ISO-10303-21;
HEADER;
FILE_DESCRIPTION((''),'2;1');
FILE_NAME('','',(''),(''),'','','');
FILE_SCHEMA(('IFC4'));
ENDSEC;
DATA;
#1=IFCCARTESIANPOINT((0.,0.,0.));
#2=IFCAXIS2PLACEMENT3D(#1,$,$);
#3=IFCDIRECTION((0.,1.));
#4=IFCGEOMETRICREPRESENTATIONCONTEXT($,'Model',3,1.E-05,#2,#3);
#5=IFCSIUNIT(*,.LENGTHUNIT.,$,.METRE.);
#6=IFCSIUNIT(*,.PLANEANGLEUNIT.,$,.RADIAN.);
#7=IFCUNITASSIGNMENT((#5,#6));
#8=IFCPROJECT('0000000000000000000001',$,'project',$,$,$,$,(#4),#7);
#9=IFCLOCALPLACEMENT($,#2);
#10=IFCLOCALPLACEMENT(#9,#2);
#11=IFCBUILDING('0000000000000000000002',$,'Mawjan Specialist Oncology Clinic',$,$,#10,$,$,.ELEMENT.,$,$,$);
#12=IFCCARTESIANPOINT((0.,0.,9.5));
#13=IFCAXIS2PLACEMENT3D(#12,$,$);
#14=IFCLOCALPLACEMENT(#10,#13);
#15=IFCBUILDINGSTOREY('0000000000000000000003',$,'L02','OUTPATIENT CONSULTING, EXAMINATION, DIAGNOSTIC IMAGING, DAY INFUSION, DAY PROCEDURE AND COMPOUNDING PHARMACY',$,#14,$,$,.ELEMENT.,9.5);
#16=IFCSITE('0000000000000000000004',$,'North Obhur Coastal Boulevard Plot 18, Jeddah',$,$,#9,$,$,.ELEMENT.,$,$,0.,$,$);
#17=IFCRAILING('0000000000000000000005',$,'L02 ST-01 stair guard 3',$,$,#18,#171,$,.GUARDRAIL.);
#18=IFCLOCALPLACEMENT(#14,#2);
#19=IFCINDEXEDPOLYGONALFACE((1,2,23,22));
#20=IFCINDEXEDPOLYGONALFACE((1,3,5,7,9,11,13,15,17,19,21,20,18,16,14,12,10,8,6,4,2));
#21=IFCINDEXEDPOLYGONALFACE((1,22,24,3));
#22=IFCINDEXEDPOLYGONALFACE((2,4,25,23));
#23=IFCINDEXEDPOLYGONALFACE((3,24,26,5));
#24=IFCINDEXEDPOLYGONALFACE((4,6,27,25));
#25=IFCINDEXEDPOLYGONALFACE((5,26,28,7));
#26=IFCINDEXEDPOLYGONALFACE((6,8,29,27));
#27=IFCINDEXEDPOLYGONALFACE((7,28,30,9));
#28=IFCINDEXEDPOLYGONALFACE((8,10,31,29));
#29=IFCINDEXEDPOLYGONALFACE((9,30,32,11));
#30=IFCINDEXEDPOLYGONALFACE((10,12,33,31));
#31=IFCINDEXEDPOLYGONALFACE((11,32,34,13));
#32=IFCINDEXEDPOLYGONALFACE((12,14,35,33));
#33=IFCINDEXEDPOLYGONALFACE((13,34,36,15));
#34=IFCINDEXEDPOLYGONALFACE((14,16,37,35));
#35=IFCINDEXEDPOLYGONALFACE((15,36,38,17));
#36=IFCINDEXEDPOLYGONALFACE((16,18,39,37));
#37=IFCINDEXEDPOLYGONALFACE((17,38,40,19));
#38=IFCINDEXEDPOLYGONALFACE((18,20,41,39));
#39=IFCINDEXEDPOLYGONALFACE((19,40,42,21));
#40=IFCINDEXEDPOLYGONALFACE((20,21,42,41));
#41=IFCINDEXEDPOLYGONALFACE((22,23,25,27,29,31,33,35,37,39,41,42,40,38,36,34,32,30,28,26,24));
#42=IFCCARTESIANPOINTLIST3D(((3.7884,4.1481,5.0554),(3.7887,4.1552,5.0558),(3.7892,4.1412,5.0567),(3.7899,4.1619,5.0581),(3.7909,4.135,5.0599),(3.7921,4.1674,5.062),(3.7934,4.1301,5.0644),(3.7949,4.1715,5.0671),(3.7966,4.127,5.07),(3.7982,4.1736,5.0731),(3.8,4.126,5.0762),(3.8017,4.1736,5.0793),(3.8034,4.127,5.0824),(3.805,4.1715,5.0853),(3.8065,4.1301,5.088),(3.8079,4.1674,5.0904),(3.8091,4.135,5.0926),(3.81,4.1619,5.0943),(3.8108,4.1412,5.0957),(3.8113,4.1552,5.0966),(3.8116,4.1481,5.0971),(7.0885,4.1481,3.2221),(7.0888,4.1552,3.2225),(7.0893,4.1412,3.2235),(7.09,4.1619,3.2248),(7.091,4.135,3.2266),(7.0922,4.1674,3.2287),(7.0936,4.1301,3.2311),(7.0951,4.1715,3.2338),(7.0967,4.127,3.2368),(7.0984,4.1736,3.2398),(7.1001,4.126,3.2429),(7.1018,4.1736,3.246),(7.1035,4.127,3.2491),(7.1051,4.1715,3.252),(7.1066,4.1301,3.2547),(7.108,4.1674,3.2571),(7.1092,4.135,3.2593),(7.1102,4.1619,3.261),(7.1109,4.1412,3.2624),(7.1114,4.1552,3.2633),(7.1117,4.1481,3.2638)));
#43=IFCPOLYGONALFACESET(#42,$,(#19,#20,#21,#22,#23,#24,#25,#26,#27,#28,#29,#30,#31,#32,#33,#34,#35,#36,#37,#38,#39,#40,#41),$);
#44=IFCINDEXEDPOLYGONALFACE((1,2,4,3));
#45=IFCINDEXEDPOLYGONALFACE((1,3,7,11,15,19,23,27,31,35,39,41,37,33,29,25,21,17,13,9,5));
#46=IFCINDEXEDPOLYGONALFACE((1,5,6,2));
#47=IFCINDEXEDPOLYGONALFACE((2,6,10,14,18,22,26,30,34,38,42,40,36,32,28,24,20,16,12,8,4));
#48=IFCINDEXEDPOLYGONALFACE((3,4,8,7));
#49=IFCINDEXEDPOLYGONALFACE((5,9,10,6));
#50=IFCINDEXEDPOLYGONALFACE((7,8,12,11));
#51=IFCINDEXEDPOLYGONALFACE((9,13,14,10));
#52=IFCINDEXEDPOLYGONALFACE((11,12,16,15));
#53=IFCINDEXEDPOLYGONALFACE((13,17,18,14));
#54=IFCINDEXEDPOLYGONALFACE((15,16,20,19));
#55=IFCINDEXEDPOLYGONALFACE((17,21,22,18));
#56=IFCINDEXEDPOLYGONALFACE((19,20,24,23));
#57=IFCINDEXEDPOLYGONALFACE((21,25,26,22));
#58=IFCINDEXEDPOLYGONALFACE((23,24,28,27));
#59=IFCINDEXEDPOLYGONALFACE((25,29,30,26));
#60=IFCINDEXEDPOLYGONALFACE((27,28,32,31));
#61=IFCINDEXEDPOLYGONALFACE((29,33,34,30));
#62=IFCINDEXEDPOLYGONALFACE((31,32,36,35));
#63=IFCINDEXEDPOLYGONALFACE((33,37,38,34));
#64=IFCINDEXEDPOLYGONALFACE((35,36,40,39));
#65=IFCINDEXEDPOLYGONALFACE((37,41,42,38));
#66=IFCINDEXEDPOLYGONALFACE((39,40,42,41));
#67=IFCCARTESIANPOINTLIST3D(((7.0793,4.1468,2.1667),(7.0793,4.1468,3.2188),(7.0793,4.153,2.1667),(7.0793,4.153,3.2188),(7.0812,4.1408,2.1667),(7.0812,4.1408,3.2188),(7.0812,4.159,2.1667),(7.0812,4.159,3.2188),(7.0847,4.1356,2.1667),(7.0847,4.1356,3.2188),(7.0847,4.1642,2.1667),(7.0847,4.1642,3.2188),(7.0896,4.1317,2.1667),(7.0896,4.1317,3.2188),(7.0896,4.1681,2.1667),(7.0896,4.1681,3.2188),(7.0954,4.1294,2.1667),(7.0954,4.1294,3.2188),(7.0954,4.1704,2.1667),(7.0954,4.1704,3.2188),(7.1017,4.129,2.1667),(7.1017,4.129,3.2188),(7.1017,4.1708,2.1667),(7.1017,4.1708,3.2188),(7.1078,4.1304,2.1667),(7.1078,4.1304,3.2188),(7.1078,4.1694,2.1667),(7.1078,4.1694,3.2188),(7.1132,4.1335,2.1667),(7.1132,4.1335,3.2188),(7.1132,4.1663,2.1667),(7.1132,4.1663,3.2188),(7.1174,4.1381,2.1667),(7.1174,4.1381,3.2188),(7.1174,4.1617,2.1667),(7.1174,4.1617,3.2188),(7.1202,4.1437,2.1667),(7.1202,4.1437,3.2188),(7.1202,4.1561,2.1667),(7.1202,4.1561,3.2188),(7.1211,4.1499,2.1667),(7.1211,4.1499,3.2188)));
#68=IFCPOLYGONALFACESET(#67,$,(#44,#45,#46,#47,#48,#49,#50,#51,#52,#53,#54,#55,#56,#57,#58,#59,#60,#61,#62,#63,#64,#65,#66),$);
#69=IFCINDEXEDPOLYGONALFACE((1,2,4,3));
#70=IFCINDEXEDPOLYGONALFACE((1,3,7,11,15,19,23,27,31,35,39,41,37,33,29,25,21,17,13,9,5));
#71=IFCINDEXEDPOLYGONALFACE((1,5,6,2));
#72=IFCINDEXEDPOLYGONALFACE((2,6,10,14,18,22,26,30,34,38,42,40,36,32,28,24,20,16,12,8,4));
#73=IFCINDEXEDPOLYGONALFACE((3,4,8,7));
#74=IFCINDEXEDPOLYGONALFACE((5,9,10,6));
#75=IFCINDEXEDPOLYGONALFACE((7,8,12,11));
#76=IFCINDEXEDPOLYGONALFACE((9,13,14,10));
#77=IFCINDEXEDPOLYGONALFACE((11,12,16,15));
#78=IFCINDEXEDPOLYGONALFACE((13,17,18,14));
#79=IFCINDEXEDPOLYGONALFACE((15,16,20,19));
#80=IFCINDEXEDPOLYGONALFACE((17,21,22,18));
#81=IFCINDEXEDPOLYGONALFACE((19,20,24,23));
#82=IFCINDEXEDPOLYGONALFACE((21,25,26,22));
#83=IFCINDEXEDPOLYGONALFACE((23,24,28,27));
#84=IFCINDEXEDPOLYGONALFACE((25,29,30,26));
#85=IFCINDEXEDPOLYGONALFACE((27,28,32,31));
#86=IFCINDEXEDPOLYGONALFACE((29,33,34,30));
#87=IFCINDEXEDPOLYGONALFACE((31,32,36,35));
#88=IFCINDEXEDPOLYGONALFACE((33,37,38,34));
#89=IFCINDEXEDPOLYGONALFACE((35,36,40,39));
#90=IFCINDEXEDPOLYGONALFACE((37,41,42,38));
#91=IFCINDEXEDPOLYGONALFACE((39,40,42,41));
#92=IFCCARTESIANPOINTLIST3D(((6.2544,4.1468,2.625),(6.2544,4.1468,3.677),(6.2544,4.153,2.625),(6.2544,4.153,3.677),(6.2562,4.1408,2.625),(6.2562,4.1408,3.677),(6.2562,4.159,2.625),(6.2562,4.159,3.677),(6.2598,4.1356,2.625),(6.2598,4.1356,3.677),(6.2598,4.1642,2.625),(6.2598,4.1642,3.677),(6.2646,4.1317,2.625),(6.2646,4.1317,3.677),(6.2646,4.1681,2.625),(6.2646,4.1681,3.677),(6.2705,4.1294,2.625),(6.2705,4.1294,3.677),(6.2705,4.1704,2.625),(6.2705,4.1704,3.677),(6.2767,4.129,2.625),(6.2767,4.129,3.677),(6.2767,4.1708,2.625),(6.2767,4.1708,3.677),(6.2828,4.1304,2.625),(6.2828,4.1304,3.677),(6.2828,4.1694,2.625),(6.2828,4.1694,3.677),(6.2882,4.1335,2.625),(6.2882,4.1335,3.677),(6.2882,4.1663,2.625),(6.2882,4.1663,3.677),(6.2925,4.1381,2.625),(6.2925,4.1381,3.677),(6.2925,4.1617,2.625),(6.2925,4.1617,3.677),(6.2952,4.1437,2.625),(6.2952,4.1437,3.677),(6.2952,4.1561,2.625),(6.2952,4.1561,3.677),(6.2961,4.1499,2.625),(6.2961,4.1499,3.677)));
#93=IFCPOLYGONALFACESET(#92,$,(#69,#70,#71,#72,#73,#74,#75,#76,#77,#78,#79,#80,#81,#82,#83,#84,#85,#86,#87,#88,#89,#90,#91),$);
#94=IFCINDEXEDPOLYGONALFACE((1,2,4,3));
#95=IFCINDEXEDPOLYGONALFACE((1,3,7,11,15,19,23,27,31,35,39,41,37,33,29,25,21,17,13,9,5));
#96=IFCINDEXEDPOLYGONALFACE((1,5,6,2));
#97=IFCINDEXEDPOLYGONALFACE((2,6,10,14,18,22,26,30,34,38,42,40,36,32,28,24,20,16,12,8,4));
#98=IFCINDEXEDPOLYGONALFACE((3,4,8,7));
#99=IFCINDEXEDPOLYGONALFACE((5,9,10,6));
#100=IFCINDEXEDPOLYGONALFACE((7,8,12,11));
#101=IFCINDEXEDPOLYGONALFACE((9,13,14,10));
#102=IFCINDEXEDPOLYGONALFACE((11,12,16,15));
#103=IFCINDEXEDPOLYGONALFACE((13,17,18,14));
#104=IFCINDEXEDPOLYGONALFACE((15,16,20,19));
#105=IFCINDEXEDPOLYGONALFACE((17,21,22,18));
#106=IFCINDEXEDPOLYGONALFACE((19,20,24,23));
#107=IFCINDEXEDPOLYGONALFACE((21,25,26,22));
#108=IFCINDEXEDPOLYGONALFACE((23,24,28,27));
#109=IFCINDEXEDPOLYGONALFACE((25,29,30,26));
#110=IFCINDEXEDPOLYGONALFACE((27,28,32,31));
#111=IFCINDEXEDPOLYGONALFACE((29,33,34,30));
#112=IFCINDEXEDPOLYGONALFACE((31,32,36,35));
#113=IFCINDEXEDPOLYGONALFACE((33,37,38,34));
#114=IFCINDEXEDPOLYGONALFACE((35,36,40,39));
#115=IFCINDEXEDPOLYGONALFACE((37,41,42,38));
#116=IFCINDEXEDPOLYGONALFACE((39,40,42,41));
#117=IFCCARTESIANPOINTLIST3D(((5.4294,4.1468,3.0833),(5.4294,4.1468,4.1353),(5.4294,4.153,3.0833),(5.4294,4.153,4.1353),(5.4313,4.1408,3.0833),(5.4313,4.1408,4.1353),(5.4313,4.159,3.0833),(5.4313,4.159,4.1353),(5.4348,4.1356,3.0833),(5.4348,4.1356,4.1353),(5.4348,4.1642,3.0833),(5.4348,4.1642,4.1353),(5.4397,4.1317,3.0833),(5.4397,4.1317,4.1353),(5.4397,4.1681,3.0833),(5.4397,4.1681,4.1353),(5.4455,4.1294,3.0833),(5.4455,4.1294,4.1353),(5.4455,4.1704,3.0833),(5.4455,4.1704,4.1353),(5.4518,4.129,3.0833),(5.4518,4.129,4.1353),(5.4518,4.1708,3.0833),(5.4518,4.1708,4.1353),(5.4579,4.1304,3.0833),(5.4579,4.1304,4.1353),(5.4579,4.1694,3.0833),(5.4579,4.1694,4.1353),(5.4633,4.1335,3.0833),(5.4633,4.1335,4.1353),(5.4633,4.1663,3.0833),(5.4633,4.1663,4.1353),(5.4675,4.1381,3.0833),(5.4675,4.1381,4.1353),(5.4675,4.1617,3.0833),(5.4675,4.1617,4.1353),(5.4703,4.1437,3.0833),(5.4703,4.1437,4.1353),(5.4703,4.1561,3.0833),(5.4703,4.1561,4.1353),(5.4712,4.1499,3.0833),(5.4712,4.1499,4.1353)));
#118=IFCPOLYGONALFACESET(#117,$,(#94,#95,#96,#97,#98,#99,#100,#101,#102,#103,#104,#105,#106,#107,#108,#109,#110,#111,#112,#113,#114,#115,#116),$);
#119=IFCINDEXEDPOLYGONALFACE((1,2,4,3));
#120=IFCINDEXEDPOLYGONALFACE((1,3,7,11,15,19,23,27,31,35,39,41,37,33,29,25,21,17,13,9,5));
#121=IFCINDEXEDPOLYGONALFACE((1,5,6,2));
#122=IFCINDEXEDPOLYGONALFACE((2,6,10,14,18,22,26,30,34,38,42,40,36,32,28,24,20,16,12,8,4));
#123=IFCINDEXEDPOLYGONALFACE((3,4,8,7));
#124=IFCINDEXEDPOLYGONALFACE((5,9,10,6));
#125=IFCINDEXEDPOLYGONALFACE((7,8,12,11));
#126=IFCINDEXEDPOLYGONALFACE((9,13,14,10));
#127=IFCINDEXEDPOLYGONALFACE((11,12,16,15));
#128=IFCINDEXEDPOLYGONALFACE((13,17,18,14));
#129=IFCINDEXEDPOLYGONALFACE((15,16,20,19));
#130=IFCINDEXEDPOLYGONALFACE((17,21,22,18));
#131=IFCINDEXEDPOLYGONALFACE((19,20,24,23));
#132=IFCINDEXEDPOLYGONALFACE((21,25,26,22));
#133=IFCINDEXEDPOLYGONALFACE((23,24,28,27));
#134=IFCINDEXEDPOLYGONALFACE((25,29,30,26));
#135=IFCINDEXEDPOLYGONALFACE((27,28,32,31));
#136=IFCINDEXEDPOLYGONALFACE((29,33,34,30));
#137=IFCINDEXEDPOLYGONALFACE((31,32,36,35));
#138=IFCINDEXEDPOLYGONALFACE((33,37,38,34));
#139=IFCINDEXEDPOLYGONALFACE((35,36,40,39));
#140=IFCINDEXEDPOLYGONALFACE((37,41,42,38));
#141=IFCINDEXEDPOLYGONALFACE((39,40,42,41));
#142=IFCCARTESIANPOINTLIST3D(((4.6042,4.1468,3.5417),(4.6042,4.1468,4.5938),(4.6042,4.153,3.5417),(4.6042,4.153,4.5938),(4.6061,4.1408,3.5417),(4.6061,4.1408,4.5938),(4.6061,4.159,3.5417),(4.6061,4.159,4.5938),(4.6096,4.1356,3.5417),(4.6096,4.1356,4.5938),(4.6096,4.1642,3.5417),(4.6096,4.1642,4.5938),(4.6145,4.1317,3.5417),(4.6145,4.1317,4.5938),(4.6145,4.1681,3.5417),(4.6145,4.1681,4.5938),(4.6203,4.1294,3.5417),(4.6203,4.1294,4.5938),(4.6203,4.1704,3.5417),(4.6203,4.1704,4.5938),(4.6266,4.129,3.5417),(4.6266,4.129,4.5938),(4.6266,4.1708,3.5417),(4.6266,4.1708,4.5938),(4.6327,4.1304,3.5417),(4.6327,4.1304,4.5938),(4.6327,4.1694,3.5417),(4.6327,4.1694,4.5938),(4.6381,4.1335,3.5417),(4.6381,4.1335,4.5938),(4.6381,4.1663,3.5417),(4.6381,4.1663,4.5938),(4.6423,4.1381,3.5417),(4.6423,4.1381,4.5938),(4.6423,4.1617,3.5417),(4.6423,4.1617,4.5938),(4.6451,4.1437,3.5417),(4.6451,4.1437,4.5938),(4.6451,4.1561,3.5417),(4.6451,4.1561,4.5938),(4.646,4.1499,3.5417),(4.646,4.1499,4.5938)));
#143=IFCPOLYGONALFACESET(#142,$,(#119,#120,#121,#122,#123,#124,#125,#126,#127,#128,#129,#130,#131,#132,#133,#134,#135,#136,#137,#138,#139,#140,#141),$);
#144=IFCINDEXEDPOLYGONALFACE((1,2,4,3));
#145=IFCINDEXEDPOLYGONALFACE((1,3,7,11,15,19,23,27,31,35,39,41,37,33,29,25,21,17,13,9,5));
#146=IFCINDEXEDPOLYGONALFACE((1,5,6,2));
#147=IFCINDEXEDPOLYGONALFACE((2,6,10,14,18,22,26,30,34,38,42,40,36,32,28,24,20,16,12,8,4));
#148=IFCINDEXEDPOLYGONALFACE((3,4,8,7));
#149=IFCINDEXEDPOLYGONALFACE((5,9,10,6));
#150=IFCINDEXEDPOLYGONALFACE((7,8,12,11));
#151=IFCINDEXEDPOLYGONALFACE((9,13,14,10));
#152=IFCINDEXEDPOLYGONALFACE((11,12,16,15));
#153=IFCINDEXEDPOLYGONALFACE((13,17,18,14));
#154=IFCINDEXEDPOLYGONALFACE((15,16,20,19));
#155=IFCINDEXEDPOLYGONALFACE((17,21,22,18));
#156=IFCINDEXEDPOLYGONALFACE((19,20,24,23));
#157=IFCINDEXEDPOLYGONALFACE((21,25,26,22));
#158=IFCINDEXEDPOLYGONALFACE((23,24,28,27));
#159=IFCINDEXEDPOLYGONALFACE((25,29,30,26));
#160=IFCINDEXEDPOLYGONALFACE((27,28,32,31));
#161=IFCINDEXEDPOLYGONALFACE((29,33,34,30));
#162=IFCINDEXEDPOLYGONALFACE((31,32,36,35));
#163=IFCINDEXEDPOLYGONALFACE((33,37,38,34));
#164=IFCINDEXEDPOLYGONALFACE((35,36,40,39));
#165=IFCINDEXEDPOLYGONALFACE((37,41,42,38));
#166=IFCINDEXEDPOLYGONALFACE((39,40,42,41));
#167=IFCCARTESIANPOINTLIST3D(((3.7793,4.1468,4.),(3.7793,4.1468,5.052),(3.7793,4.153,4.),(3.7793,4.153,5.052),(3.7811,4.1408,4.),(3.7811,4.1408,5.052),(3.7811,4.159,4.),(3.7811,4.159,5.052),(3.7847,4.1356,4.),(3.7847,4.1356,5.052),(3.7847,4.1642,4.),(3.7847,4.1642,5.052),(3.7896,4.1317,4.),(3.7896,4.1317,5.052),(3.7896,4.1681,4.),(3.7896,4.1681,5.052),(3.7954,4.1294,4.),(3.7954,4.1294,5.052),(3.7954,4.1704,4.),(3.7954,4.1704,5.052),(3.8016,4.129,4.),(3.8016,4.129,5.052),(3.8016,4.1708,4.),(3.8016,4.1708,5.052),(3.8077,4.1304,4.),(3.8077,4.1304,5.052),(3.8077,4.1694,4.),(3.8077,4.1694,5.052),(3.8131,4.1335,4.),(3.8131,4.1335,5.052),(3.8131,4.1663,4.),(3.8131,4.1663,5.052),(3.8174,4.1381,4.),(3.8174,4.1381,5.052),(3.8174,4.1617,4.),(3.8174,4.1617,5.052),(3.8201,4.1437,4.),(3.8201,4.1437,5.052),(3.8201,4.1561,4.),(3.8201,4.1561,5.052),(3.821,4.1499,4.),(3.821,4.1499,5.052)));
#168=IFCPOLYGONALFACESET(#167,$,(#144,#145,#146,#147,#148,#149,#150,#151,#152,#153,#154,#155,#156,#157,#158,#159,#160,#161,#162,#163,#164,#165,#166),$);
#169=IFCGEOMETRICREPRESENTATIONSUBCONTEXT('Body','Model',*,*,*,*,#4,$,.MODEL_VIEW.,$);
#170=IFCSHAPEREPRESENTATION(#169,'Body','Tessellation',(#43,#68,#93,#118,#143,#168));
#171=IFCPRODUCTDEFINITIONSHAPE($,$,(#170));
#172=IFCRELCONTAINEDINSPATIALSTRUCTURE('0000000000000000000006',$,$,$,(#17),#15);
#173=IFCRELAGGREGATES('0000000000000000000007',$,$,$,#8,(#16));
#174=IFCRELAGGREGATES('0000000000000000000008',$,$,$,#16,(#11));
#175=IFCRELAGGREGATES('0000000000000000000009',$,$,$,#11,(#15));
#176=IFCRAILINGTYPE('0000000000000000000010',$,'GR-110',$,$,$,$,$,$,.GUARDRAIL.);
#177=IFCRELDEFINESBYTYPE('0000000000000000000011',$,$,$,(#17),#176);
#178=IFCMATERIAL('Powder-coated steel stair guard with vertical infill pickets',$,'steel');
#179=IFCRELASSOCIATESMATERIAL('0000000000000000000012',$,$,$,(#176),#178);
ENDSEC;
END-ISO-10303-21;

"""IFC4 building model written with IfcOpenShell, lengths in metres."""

from ifc_helpers import new_model, si_unit, direction, frame, origin, origin_2d, place, context, subcontext, project, spatial, circle, extrude, material, type_object, element, save


model = new_model("IFC4")

# Units and contexts
model_context = context("Model", 3, precision=1e-05, world=origin(), true_north=direction((0.0, 1.0)))
body_context = subcontext(model_context, "Body", "Model", "MODEL_VIEW")
ifc_project = project(units=[si_unit("LENGTHUNIT", "METRE"), si_unit("PLANEANGLEUNIT", "RADIAN")], contexts=[model_context])

# Site, building, storey
site_placement = place(None, origin())
site = spatial("IfcSite", under=ifc_project, at=site_placement, Name="North Obhur Coastal Boulevard Plot 18, Jeddah", CompositionType="ELEMENT", RefElevation=0.0)
building_placement = place(site_placement, origin())
building = spatial("IfcBuilding", under=site, at=building_placement, Name="Mawjan Specialist Oncology Clinic", CompositionType="ELEMENT")
storey_placement = place(building_placement, frame((0.0, 0.0, 9.5)))
storey = spatial("IfcBuildingStorey", under=building, at=storey_placement, Name="L02", Description="OUTPATIENT CONSULTING, EXAMINATION, DIAGNOSTIC IMAGING, DAY INFUSION, DAY PROCEDURE AND COMPOUNDING PHARMACY", CompositionType="ELEMENT", Elevation=9.5)

# Railing
ifc_material_1 = material(Name="Powder-coated steel stair guard with vertical infill pickets", Category="steel")
railing_type_1 = type_object("IfcRailingType", Name="GR-110", PredefinedType="GUARDRAIL", material=ifc_material_1)
railing_1_placement = place(storey_placement, frame((7.1001, 4.1499, 2.1667)))
element("IfcRailing", 1, at=railing_1_placement, inside=storey, type_object=railing_type_1, Name="L02 ST-01 stair guard 3", PredefinedType="GUARDRAIL", context=body_context, shape_type="SweptSolid", body=[
    extrude(circle(Radius=0.0239, at=origin_2d()), frame((0.0, 0.0, 1.0762), z_axis=(-0.874169, 0.0, 0.485621), x_axis=(0.0, -1.0, 0.0)), (0.0, 0.0, 1.0), 3.7751),
    extrude(circle(Radius=0.021, at=origin_2d()), origin(), (0.0, 0.0, 1.0), 1.052),
    extrude(circle(Radius=0.021, at=origin_2d()), frame((-0.825, 0.0, 0.4583)), (0.0, 0.0, 1.0), 1.052),
    extrude(circle(Radius=0.021, at=origin_2d()), frame((-1.6499, 0.0, 0.9165)), (0.0, 0.0, 1.0), 1.052),
    extrude(circle(Radius=0.021, at=origin_2d()), frame((-2.4751, 0.0, 1.375)), (0.0, 0.0, 1.0), 1.052),
    extrude(circle(Radius=0.021, at=origin_2d()), frame((-3.3, 0.0, 1.8333)), (0.0, 0.0, 1.0), 1.052),
])

save(model, "model.ifc")
